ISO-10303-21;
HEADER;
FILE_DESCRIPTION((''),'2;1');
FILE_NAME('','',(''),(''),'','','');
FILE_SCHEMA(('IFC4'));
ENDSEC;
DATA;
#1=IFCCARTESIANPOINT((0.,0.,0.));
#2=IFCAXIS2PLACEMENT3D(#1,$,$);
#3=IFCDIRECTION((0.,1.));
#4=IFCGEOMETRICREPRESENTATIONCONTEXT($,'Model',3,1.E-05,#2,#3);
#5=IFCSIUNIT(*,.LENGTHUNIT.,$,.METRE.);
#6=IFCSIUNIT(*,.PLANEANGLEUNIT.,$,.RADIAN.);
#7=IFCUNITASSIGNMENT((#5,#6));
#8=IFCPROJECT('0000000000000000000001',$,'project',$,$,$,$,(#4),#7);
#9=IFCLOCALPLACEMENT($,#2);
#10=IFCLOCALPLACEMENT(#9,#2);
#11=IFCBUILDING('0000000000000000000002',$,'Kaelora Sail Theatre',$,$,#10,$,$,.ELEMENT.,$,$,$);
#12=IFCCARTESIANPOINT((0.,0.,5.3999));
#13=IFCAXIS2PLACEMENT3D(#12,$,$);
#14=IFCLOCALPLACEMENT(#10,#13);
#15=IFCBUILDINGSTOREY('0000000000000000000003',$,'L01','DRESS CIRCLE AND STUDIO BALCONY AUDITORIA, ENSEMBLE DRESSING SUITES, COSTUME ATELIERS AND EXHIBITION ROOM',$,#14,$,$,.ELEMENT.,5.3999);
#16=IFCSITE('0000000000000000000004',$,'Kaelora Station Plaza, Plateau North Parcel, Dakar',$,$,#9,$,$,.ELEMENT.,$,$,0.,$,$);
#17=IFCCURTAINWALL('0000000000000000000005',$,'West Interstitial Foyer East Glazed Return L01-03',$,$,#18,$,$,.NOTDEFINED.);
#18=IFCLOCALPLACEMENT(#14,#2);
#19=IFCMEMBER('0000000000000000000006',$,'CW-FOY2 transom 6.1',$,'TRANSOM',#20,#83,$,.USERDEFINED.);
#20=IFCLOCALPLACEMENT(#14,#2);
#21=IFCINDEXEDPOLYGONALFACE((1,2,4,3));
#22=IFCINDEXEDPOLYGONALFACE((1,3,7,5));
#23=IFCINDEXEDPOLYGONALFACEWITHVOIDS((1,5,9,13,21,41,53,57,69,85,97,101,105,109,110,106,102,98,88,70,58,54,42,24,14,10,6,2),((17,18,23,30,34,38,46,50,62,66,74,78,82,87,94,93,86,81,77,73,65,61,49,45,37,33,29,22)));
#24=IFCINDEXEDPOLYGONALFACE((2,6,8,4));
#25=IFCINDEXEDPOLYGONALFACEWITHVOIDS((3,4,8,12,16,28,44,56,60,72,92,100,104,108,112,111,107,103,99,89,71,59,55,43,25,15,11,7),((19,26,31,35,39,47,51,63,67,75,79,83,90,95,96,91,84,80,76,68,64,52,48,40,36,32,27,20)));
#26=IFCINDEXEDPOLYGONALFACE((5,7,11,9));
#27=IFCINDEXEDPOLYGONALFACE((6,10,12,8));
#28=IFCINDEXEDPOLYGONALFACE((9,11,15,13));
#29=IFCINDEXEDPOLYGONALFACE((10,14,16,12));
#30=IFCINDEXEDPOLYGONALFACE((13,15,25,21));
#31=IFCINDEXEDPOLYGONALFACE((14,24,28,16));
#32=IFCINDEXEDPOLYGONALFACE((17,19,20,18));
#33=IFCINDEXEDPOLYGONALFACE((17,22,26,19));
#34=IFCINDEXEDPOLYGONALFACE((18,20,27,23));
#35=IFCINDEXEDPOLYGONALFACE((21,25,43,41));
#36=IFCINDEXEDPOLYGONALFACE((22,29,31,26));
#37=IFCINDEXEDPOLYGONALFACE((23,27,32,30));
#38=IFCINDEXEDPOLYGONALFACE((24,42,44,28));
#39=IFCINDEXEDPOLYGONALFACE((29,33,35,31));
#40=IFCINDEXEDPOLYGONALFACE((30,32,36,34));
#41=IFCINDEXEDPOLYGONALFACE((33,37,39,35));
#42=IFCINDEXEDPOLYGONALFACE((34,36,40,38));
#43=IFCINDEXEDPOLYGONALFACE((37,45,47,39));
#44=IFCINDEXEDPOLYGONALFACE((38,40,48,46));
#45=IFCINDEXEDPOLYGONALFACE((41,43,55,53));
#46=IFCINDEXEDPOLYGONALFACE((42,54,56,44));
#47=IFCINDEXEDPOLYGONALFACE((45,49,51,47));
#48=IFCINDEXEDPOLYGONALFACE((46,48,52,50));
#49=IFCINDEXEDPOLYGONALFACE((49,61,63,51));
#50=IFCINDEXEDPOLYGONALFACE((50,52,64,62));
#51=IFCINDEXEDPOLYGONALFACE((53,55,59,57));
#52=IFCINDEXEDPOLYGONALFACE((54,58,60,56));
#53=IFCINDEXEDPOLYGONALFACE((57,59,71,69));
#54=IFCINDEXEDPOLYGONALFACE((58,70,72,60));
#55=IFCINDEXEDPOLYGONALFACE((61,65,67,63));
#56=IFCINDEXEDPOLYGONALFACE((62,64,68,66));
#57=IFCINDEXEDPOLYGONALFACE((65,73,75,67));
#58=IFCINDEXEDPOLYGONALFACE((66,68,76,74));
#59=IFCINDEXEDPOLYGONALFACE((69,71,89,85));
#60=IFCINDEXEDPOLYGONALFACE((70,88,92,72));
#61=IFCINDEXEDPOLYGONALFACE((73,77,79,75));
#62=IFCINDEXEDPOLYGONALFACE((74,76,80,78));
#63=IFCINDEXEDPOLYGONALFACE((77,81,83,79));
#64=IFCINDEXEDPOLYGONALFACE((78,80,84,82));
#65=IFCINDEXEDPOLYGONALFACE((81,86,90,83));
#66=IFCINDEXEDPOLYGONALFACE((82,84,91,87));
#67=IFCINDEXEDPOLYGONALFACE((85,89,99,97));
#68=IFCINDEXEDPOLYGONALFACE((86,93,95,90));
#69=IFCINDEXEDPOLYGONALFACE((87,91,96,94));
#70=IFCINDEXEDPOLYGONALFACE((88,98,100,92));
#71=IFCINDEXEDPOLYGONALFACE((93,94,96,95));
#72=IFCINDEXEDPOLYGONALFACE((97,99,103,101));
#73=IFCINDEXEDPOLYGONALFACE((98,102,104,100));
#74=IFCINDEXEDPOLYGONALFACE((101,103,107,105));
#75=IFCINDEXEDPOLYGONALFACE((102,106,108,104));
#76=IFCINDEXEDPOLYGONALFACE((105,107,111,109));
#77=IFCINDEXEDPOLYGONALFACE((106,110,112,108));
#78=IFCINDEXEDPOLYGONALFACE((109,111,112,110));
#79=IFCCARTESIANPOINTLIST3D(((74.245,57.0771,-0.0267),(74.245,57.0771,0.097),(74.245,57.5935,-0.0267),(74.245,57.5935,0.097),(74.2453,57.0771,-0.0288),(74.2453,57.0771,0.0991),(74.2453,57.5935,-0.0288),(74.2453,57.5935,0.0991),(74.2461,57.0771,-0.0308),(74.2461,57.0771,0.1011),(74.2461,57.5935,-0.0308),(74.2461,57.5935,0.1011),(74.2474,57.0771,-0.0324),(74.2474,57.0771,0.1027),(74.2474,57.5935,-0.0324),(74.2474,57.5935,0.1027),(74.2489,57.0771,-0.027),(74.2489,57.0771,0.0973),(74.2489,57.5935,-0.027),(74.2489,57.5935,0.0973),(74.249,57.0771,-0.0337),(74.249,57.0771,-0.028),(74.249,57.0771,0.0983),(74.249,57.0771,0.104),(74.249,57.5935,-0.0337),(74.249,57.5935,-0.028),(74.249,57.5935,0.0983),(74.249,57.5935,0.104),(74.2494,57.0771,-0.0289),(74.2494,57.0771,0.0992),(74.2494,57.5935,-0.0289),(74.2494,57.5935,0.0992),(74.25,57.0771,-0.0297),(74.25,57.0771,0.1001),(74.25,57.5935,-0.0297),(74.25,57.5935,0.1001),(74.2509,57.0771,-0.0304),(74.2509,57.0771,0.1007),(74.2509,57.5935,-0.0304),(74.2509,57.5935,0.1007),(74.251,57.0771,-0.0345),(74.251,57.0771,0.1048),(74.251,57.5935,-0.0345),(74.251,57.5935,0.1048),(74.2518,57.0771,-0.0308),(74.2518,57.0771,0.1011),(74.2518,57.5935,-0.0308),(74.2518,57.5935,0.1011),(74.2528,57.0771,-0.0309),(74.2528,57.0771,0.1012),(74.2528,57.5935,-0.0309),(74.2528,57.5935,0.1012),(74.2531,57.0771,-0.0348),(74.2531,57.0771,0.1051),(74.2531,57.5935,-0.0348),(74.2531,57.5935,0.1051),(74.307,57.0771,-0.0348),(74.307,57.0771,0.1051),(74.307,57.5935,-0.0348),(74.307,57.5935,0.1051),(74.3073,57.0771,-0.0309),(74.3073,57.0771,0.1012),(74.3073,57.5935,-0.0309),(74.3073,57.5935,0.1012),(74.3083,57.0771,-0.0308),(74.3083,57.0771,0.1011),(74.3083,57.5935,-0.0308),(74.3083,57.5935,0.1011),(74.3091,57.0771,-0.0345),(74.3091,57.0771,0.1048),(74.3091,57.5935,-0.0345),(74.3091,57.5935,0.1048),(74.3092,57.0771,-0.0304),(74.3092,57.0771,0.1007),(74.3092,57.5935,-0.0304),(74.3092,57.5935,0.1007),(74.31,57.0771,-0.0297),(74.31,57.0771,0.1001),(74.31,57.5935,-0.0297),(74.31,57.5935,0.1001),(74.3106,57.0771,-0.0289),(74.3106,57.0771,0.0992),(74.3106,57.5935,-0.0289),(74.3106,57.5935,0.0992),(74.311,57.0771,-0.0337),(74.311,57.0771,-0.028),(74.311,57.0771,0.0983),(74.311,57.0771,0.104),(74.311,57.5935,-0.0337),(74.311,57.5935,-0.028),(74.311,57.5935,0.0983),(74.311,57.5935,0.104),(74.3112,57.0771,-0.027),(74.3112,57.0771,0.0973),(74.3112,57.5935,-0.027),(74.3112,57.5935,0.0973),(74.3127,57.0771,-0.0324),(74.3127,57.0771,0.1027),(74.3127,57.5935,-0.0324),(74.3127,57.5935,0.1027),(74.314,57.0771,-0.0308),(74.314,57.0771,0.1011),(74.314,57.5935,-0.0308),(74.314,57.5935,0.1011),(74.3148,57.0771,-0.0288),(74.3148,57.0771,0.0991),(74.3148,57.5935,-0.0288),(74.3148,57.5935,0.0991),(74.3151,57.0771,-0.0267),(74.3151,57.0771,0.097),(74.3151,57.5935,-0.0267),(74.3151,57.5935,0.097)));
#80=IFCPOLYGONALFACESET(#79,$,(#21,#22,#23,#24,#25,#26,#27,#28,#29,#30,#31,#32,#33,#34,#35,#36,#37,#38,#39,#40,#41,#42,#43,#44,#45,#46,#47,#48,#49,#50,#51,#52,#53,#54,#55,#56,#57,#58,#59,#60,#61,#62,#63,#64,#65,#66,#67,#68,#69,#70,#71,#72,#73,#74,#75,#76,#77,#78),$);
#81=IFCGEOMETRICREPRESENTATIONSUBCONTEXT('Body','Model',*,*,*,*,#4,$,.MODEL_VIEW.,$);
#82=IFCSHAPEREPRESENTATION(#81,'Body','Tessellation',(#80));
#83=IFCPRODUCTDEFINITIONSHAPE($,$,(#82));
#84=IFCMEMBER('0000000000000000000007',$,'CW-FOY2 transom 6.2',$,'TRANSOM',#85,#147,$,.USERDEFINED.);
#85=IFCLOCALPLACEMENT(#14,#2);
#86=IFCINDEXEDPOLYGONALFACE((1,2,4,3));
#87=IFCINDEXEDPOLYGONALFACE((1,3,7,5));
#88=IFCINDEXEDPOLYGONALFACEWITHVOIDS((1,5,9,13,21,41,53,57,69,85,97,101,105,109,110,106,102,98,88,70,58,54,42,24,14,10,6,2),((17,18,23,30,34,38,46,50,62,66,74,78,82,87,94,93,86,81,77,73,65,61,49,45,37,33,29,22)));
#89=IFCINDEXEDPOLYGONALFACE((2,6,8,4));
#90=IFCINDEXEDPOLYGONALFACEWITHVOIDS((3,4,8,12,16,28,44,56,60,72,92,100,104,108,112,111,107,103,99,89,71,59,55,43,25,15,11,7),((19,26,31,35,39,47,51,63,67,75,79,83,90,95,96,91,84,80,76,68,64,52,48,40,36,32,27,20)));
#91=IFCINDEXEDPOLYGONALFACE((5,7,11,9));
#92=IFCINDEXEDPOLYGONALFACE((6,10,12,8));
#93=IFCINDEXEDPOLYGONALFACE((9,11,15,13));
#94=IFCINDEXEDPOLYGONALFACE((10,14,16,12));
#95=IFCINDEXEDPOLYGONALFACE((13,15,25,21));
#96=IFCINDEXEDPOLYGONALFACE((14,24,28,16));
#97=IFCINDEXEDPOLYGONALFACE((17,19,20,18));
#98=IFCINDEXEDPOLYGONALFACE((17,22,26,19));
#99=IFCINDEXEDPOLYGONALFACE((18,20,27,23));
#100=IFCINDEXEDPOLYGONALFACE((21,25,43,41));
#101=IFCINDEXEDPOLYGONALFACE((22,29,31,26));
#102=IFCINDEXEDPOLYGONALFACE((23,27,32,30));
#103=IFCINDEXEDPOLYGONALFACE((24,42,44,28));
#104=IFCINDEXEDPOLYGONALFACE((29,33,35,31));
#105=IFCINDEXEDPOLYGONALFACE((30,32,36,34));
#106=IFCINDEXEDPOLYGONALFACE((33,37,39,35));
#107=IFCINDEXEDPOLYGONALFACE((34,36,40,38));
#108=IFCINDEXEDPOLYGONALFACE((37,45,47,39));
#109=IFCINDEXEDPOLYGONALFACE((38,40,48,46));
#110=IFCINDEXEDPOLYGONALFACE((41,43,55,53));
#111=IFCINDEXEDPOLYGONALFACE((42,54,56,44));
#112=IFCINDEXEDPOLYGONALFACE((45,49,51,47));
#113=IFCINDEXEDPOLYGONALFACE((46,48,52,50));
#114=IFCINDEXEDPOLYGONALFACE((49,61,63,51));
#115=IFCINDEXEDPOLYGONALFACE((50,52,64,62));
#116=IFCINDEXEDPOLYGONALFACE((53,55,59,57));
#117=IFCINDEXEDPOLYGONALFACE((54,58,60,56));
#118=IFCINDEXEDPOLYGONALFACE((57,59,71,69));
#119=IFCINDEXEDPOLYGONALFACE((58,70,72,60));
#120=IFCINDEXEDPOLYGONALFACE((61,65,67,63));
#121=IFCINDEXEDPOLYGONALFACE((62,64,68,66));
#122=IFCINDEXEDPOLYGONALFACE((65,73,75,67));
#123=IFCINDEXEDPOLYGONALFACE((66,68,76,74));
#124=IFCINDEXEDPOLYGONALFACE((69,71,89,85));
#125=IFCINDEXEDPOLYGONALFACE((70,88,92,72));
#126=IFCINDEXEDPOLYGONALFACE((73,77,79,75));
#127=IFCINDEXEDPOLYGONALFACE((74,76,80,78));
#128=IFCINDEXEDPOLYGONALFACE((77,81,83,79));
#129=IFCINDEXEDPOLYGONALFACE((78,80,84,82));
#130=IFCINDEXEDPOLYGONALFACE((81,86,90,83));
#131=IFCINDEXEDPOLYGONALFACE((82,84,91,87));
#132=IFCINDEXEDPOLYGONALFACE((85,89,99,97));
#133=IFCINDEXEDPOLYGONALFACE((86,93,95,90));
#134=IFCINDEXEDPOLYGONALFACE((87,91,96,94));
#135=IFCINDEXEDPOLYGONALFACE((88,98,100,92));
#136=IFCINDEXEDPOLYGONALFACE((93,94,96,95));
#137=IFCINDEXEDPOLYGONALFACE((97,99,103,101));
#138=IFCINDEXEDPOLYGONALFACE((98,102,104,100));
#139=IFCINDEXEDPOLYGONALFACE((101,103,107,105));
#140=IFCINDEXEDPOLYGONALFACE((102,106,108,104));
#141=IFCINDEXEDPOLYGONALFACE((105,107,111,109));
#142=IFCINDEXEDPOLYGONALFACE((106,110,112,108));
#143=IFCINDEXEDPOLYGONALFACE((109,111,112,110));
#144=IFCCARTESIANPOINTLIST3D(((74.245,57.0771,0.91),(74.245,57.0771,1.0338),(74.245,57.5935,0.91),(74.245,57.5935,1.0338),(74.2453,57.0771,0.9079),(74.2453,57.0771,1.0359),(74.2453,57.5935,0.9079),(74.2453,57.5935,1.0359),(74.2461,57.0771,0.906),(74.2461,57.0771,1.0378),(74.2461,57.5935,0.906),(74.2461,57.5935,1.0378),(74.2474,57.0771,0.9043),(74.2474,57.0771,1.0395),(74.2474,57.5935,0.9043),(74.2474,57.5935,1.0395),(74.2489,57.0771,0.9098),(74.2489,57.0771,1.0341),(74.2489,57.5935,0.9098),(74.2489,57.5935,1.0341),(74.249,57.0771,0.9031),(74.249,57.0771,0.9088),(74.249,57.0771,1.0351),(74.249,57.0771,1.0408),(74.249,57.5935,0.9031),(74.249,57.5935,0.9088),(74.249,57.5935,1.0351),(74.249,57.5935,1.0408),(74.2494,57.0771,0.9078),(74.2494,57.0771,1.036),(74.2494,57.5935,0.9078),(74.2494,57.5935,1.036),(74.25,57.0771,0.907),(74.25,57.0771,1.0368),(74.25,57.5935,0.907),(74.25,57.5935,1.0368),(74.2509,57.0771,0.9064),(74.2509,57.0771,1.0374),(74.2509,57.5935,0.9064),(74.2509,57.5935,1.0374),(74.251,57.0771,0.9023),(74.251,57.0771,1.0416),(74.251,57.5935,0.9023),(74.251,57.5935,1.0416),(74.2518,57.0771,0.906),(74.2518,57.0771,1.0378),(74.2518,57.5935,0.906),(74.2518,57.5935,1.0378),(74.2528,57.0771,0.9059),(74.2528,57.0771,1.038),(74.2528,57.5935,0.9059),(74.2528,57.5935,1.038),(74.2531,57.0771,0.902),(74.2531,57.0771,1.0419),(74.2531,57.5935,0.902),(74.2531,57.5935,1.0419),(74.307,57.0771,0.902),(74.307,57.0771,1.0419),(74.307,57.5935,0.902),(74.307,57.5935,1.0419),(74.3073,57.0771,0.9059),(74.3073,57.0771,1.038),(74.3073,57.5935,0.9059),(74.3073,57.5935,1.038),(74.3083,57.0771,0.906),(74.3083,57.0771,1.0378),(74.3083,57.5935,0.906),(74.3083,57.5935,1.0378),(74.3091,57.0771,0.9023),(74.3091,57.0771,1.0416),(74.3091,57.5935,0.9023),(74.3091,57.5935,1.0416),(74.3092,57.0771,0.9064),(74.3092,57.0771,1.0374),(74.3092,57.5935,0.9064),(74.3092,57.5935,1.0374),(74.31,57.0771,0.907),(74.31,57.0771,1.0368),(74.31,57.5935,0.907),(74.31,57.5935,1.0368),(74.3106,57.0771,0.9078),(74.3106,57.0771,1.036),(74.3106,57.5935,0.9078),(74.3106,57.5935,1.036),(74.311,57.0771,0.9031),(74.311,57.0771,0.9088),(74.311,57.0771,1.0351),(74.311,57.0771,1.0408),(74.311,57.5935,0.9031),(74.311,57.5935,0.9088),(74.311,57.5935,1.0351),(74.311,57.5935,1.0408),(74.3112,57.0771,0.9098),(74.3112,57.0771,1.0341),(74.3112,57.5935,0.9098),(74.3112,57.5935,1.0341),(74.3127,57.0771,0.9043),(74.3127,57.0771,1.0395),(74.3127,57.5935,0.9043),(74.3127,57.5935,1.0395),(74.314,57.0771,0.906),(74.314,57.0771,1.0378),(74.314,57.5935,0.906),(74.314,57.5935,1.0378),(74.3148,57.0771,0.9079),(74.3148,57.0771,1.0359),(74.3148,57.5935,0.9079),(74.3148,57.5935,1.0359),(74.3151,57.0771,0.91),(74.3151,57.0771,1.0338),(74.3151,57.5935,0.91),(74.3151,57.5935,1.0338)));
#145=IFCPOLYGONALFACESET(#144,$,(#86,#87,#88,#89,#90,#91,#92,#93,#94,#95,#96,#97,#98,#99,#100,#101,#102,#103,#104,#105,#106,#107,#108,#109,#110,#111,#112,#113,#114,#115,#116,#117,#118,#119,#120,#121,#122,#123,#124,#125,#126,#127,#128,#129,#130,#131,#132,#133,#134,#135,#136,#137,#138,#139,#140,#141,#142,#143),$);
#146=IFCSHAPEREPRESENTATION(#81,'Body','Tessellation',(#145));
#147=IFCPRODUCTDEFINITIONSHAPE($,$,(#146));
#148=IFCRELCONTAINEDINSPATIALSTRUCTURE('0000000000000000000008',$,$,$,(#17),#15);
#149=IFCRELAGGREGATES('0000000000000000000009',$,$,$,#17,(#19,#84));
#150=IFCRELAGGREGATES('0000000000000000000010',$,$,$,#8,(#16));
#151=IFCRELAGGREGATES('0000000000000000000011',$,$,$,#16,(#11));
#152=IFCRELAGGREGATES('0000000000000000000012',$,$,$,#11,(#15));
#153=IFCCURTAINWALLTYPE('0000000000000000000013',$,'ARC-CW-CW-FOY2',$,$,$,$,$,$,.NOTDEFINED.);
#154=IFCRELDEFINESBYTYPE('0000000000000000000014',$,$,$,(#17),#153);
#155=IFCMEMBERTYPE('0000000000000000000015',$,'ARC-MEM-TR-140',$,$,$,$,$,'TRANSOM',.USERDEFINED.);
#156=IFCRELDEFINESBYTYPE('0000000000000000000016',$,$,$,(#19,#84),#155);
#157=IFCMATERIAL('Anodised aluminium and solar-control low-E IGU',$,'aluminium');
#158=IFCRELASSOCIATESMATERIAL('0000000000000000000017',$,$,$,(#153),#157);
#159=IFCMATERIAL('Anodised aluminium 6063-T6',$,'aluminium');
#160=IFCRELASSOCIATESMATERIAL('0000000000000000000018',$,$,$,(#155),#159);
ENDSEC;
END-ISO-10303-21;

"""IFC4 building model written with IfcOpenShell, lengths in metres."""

from ifc_helpers import new_model, si_unit, direction, frame, origin, origin_2d, place, context, subcontext, project, spatial, hollow_rectangle, extrude, material, material_profile, profile_set, type_object, element, aggregate, save


model = new_model("IFC4")

# Units and contexts
model_context = context("Model", 3, precision=1e-05, world=origin(), true_north=direction((0.0, 1.0)))
body_context = subcontext(model_context, "Body", "Model", "MODEL_VIEW")
ifc_project = project(units=[si_unit("LENGTHUNIT", "METRE"), si_unit("PLANEANGLEUNIT", "RADIAN")], contexts=[model_context])

# Site, building, storey
site_placement = place(None, origin())
site = spatial("IfcSite", under=ifc_project, at=site_placement, Name="Kaelora Station Plaza, Plateau North Parcel, Dakar", CompositionType="ELEMENT", RefElevation=0.0)
building_placement = place(site_placement, origin())
building = spatial("IfcBuilding", under=site, at=building_placement, Name="Kaelora Sail Theatre", CompositionType="ELEMENT")
storey_placement = place(building_placement, frame((0.0, 0.0, 5.3999)))
storey = spatial("IfcBuildingStorey", under=building, at=storey_placement, Name="L01", Description="DRESS CIRCLE AND STUDIO BALCONY AUDITORIA, ENSEMBLE DRESSING SUITES, COSTUME ATELIERS AND EXHIBITION ROOM", CompositionType="ELEMENT", Elevation=5.3999)

# Curtain wall
ifc_material_1 = material(Name="Anodised aluminium and solar-control low-E IGU", Category="aluminium")
curtain_wall_type = type_object("IfcCurtainWallType", Name="ARC-CW-CW-FOY2", PredefinedType="NOTDEFINED", material=ifc_material_1)
curtain_wall_1_placement = place(storey_placement, origin())
curtain_wall_1 = element("IfcCurtainWall", 1, at=curtain_wall_1_placement, inside=storey, type_object=curtain_wall_type, Name="West Interstitial Foyer East Glazed Return L01-03", PredefinedType="NOTDEFINED")

# Members
ifc_material_2 = material(Name="Anodised aluminium 6063-T6", Category="aluminium")
ifc_material_profile_1 = material_profile(ifc_material_2, hollow_rectangle(XDim=0.0701, YDim=0.1399, WallThickness=0.0039, InnerFilletRadius=0.0039, OuterFilletRadius=0.0081, at=origin_2d()), Name="ALU-TRAN 70x140x4")
ifc_profile_set_1 = profile_set([ifc_material_profile_1], Name="Anodised aluminium 6063-T6")
member_type_1 = type_object("IfcMemberType", Name="ARC-MEM-TR-140", ElementType="TRANSOM", PredefinedType="USERDEFINED", material=ifc_profile_set_1)
member_1_placement = place(storey_placement, frame((74.28, 57.0771, 0.0352), z_axis=(0.0, 1.0, 0.0), x_axis=(-1.0, 0.0, 0.0)))
member_1 = element("IfcMember", 2, at=member_1_placement, type_object=member_type_1, Name="CW-FOY2 transom 6.1", ObjectType="TRANSOM", PredefinedType="USERDEFINED", context=body_context, shape_type="SweptSolid", body=[
    extrude(hollow_rectangle(XDim=0.0701, YDim=0.1399, WallThickness=0.0039, InnerFilletRadius=0.0039, OuterFilletRadius=0.0081, at=origin_2d()), origin(), (0.0, 0.0, 1.0), 0.5164),
])
member_2_placement = place(storey_placement, frame((74.28, 57.0771, 0.9719), z_axis=(0.0, 1.0, 0.0), x_axis=(-1.0, 0.0, 0.0)))
member_2 = element("IfcMember", 3, at=member_2_placement, type_object=member_type_1, Name="CW-FOY2 transom 6.2", ObjectType="TRANSOM", PredefinedType="USERDEFINED", context=body_context, shape_type="SweptSolid", body=[
    extrude(hollow_rectangle(XDim=0.0701, YDim=0.1399, WallThickness=0.0039, InnerFilletRadius=0.0039, OuterFilletRadius=0.0081, at=origin_2d()), origin(), (0.0, 0.0, 1.0), 0.5164),
])

aggregate(curtain_wall_1, [member_1, member_2])

save(model, "model.ifc")
